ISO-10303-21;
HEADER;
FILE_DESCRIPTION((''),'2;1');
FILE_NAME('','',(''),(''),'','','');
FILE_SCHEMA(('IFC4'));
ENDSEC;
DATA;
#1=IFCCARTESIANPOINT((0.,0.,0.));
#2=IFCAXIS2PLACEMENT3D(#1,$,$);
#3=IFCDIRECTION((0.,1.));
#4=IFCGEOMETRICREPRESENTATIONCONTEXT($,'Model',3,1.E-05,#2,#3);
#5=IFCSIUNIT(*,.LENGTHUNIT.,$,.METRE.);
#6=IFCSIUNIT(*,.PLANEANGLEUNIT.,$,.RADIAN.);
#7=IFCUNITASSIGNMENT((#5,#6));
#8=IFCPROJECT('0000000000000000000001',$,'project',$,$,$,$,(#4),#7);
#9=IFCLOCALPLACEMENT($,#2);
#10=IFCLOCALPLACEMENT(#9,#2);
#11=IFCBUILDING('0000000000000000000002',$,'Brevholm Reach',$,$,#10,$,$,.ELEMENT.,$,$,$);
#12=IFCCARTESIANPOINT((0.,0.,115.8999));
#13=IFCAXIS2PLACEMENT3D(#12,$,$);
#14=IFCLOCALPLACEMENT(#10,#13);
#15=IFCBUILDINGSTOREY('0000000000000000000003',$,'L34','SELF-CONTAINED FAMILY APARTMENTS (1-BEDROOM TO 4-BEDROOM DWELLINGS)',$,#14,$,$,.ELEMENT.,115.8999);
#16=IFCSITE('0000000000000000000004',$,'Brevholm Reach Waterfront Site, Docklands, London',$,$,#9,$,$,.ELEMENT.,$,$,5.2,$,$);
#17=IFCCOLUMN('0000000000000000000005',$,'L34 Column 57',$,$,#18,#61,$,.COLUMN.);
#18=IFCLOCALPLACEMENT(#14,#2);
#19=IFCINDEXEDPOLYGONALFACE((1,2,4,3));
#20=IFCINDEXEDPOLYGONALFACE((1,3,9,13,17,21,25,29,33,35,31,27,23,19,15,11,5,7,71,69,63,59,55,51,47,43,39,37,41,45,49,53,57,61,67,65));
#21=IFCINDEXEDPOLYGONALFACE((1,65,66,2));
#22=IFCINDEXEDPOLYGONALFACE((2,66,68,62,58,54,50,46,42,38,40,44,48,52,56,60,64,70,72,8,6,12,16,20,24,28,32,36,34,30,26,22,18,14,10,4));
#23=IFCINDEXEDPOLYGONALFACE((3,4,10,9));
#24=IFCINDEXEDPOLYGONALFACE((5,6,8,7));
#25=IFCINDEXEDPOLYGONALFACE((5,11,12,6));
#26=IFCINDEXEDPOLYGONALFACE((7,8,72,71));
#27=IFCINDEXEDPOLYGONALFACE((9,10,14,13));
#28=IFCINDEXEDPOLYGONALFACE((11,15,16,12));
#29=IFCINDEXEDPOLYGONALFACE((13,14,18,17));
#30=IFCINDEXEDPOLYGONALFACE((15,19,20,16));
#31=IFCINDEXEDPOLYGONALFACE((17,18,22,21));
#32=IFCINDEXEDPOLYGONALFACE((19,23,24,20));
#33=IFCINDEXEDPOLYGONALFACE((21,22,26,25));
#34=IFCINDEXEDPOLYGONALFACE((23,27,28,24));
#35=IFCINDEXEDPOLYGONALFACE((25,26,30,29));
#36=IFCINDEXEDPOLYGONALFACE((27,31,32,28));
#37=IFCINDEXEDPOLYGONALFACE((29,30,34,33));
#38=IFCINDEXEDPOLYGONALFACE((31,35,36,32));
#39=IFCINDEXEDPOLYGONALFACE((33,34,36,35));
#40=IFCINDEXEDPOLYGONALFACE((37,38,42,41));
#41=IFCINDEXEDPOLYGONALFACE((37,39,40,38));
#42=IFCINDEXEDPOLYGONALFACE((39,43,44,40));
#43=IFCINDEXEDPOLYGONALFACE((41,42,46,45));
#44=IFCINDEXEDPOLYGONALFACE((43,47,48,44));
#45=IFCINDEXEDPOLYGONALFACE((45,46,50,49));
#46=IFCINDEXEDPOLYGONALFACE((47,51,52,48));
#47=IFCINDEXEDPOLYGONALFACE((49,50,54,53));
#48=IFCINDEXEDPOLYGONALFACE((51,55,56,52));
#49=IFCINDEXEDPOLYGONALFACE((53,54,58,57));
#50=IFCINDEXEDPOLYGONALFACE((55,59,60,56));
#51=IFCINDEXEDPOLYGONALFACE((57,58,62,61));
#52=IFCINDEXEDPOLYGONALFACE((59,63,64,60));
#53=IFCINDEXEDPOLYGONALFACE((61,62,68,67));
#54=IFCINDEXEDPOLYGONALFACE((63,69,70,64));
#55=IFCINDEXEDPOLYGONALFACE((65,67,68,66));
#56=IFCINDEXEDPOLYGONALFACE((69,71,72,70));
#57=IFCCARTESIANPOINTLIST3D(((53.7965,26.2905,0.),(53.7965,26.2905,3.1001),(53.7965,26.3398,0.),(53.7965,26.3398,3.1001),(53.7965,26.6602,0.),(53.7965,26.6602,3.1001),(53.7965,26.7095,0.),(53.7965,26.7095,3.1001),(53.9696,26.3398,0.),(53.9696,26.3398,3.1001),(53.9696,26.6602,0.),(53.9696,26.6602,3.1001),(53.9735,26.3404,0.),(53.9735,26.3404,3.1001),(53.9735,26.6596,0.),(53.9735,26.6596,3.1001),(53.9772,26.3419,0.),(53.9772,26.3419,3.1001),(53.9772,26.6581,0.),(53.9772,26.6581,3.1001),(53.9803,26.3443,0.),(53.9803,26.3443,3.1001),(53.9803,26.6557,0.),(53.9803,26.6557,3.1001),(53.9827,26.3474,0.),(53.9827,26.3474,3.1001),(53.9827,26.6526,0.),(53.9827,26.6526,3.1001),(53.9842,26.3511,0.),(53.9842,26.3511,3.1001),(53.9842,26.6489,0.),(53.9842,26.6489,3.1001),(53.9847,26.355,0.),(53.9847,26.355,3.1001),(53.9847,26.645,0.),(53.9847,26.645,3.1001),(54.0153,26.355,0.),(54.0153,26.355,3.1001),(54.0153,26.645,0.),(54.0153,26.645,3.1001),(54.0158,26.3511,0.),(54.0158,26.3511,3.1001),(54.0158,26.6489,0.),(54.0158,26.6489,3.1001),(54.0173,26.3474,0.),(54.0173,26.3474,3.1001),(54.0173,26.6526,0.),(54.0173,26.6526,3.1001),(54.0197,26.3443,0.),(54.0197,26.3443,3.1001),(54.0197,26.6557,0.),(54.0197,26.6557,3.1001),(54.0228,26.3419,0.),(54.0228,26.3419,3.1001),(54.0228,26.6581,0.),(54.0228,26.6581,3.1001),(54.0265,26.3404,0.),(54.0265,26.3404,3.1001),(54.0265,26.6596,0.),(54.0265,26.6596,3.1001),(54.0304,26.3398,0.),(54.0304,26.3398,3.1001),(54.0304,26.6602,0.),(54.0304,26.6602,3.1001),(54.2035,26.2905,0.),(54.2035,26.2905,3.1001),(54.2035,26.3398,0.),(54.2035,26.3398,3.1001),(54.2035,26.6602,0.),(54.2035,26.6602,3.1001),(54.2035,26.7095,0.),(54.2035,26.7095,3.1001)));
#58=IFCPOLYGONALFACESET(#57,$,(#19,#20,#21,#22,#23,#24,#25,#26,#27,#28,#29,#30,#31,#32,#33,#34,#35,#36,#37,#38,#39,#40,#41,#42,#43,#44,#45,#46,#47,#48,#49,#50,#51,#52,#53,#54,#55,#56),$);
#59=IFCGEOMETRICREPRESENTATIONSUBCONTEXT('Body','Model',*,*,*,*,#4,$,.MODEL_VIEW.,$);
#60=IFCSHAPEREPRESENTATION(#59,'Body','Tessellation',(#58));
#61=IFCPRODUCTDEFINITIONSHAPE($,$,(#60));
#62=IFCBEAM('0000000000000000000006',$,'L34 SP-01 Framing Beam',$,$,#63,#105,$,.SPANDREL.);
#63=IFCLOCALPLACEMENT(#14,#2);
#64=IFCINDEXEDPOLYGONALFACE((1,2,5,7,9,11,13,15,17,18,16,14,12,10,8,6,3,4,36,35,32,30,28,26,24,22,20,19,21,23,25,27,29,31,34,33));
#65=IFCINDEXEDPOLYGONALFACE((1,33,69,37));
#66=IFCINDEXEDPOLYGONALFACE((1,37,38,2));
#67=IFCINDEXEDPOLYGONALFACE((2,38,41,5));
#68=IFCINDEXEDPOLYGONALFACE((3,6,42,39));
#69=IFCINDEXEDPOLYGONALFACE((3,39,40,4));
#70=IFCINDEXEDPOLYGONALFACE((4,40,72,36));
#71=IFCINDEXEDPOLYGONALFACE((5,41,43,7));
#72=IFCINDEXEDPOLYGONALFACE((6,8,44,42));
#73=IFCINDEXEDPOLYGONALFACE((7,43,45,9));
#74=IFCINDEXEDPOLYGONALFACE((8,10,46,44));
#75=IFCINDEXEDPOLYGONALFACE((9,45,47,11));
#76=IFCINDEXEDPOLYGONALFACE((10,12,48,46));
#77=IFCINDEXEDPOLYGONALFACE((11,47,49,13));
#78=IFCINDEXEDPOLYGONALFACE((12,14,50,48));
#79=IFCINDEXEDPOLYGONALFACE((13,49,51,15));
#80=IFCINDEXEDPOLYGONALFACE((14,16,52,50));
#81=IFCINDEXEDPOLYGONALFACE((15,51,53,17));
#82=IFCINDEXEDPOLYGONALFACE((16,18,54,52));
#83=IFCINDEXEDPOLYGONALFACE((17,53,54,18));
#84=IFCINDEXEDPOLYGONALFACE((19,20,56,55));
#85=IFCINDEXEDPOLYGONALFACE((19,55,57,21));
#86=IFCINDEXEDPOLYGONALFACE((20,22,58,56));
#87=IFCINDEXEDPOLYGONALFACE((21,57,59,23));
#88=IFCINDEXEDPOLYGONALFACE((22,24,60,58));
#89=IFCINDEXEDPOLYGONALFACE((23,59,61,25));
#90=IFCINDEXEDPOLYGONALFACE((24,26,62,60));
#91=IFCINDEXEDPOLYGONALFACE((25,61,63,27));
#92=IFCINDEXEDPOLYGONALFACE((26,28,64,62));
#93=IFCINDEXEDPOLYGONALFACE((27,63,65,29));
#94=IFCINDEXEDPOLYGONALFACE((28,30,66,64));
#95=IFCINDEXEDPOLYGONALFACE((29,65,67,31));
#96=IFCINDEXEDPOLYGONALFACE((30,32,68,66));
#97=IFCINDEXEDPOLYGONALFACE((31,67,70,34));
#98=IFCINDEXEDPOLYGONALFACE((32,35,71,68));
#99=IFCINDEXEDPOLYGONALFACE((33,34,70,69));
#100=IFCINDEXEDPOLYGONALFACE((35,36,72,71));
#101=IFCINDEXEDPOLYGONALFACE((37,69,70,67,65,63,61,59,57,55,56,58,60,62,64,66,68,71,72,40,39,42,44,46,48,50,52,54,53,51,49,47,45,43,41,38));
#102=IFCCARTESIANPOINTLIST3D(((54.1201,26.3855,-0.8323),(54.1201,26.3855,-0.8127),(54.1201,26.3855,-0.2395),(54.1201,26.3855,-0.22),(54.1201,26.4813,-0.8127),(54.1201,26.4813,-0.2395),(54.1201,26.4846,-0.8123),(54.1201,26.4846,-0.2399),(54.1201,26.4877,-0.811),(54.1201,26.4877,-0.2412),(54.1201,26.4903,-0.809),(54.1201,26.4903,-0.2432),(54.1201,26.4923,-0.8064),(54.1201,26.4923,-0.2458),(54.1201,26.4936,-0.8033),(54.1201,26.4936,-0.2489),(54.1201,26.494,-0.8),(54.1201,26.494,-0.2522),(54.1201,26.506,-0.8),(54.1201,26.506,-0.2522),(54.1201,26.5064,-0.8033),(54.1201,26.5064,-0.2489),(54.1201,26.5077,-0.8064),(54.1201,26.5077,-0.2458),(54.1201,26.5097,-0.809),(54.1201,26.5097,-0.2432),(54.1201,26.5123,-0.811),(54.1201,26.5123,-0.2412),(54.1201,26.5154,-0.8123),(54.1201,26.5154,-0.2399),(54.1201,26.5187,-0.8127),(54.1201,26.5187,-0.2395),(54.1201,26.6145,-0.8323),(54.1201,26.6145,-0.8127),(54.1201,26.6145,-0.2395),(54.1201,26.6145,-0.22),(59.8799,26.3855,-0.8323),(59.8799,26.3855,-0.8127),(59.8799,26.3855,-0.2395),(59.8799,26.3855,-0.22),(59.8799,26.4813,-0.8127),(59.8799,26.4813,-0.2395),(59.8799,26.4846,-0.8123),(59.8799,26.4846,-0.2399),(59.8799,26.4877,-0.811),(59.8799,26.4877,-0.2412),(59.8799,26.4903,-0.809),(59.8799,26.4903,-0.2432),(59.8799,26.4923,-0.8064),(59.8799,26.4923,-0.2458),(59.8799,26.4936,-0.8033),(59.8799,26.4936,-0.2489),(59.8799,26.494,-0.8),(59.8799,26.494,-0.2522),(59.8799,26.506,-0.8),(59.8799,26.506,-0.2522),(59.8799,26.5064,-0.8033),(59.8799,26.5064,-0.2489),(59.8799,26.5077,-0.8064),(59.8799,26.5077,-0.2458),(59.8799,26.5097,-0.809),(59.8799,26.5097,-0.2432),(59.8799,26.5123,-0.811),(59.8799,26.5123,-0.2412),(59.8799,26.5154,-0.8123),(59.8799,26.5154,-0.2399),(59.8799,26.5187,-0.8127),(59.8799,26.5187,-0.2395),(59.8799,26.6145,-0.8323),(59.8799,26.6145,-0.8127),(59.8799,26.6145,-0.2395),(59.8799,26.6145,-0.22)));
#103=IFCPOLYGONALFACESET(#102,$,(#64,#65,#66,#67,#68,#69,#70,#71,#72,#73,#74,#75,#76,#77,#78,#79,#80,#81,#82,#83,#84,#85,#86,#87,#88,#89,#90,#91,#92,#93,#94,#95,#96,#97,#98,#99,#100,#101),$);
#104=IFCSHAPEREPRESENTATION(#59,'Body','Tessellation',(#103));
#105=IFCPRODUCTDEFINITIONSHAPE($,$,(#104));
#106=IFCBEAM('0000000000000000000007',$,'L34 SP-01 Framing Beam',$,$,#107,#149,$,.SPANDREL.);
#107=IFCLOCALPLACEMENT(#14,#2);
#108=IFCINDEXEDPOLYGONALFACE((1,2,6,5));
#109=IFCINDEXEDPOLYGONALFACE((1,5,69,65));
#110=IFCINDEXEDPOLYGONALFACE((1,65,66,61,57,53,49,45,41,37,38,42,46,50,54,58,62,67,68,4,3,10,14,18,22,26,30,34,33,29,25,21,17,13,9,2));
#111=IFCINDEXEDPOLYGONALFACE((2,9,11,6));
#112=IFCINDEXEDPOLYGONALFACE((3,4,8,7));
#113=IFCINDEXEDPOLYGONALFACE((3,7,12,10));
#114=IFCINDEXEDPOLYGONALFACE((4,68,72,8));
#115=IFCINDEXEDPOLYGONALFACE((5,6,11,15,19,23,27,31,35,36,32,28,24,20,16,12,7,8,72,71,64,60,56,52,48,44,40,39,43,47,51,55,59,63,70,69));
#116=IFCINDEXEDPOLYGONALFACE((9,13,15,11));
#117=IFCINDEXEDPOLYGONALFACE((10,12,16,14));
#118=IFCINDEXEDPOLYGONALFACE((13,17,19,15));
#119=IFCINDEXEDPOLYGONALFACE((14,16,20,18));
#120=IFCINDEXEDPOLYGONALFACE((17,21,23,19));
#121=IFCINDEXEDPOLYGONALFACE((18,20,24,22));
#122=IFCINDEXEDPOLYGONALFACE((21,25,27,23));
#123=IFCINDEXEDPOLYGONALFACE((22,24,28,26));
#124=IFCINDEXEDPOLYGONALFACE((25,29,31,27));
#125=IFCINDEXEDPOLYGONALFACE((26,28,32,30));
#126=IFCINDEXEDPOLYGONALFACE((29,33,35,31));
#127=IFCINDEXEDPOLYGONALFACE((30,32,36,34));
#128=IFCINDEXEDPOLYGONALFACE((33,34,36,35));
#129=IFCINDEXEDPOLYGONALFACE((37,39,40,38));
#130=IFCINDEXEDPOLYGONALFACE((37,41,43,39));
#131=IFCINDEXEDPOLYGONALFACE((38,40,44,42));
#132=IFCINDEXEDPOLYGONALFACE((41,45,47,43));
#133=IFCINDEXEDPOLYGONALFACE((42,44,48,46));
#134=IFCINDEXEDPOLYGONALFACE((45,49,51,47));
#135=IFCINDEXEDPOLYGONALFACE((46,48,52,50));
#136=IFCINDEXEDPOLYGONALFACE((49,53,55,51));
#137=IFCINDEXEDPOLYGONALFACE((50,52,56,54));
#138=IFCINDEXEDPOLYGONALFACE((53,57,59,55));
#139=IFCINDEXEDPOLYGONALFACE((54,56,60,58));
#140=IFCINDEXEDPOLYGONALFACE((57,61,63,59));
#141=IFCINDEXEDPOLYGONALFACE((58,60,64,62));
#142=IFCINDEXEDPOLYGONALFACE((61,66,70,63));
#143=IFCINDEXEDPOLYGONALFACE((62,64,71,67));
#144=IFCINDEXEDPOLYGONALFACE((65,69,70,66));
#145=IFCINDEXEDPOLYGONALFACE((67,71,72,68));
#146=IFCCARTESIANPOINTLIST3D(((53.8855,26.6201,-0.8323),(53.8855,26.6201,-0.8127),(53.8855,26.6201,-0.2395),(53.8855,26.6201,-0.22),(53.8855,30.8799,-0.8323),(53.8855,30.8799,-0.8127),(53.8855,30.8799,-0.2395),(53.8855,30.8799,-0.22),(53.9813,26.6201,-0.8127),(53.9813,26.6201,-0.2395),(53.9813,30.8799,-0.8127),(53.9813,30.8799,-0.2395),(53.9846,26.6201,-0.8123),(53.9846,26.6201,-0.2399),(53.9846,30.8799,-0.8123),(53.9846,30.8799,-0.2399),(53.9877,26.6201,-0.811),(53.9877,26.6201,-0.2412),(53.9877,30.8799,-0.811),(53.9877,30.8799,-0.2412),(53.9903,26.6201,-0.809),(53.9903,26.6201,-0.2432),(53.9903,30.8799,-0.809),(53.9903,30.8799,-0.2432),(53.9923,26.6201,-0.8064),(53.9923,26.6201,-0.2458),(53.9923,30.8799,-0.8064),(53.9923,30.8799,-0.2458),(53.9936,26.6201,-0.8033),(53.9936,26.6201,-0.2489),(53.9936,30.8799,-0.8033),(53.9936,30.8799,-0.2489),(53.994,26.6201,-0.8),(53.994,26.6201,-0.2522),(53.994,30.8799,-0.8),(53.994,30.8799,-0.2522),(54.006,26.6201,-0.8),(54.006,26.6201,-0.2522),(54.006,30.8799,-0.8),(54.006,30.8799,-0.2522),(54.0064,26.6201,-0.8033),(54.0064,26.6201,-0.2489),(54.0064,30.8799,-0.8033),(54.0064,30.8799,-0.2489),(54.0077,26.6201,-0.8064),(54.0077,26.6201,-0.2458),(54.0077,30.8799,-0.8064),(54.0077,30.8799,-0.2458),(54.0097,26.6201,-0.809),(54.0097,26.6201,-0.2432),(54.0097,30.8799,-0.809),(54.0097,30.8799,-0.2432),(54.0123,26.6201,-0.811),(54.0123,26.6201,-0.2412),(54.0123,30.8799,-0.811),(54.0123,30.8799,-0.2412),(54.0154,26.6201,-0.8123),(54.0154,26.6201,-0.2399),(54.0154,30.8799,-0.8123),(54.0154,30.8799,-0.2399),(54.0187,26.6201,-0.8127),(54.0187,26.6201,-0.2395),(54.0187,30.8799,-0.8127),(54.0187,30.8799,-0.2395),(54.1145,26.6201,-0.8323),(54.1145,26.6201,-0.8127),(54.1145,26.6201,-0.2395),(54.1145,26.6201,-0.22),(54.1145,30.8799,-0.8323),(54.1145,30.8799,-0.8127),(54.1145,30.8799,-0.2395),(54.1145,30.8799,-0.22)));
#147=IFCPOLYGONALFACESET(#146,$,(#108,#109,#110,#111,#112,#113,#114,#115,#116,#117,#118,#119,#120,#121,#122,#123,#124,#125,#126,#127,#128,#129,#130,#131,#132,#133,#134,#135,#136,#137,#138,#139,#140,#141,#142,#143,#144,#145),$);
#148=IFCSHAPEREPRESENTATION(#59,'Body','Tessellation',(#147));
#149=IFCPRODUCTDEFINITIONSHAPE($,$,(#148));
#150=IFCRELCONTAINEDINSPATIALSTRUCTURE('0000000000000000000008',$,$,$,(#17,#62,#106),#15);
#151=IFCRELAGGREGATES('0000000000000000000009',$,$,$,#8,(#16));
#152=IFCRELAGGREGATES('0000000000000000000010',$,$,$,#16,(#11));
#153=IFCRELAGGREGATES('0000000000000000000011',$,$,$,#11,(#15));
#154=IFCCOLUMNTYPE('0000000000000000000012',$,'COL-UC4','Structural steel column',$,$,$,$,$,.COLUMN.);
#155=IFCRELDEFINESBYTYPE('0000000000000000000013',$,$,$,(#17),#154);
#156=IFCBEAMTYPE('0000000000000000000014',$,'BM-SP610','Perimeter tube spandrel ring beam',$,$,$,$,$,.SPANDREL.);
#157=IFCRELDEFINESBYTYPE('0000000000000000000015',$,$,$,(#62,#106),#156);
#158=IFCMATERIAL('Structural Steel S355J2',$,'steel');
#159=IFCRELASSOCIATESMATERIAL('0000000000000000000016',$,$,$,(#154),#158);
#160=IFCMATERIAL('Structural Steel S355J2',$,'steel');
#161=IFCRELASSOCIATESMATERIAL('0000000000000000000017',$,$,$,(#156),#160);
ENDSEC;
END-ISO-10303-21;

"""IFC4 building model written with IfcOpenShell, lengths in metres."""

from ifc_helpers import new_model, si_unit, direction, frame, origin, origin_2d, place, context, subcontext, project, spatial, i_section, extrude, material, material_profile, profile_set, type_object, element, save


model = new_model("IFC4")

# Units and contexts
model_context = context("Model", 3, precision=1e-05, world=origin(), true_north=direction((0.0, 1.0)))
body_context = subcontext(model_context, "Body", "Model", "MODEL_VIEW")
ifc_project = project(units=[si_unit("LENGTHUNIT", "METRE"), si_unit("PLANEANGLEUNIT", "RADIAN")], contexts=[model_context])

# Site, building, storey
site_placement = place(None, origin())
site = spatial("IfcSite", under=ifc_project, at=site_placement, Name="Brevholm Reach Waterfront Site, Docklands, London", CompositionType="ELEMENT", RefElevation=5.2)
building_placement = place(site_placement, origin())
building = spatial("IfcBuilding", under=site, at=building_placement, Name="Brevholm Reach", CompositionType="ELEMENT")
storey_placement = place(building_placement, frame((0.0, 0.0, 115.8999)))
storey = spatial("IfcBuildingStorey", under=building, at=storey_placement, Name="L34", Description="SELF-CONTAINED FAMILY APARTMENTS (1-BEDROOM TO 4-BEDROOM DWELLINGS)", CompositionType="ELEMENT", Elevation=115.8999)

# Column
ifc_material_1 = material(Name="Structural Steel S355J2", Category="steel")
ifc_material_profile_1 = material_profile(ifc_material_1, i_section(OverallWidth=0.407, OverallDepth=0.4189, WebThickness=0.0305, FlangeThickness=0.0493, FilletRadius=0.0151, at=origin_2d()), Name="UKC 356x406x393")
ifc_profile_set_1 = profile_set([ifc_material_profile_1], Name="Structural Steel S355J2")
column_type_1 = type_object("IfcColumnType", Name="COL-UC4", Description="Structural steel column", PredefinedType="COLUMN", material=ifc_profile_set_1)
column_1_placement = place(storey_placement, frame((54.0, 26.5, 0.0), z_axis=(0.0, 0.0, 1.0), x_axis=(1.0, 0.0, 0.0)))
element("IfcColumn", 1, at=column_1_placement, inside=storey, type_object=column_type_1, Name="L34 Column 57", PredefinedType="COLUMN", context=body_context, shape_type="SweptSolid", body=[
    extrude(i_section(OverallWidth=0.407, OverallDepth=0.4189, WebThickness=0.0305, FlangeThickness=0.0493, FilletRadius=0.0151, at=origin_2d()), origin(), (0.0, 0.0, 1.0), 3.1001),
])

# Beams
ifc_material_2 = material(Name="Structural Steel S355J2", Category="steel")
ifc_material_profile_2 = material_profile(ifc_material_2, i_section(OverallWidth=0.229, OverallDepth=0.6123, WebThickness=0.012, FlangeThickness=0.0195, FilletRadius=0.0127, at=origin_2d()), Name="UKB 610x229x125")
ifc_profile_set_2 = profile_set([ifc_material_profile_2], Name="Structural Steel S355J2")
beam_type = type_object("IfcBeamType", Name="BM-SP610", Description="Perimeter tube spandrel ring beam", PredefinedType="SPANDREL", material=ifc_profile_set_2)
beam_1_placement = place(storey_placement, frame((54.1201, 26.5, -0.5261), z_axis=(1.0, 0.0, 0.0), x_axis=(0.0, 1.0, 0.0)))
element("IfcBeam", 2, at=beam_1_placement, inside=storey, type_object=beam_type, Name="L34 SP-01 Framing Beam", PredefinedType="SPANDREL", context=body_context, shape_type="SweptSolid", body=[
    extrude(i_section(OverallWidth=0.229, OverallDepth=0.6123, WebThickness=0.012, FlangeThickness=0.0195, FilletRadius=0.0127, at=origin_2d()), origin(), (0.0, 0.0, 1.0), 5.7598),
])
beam_2_placement = place(storey_placement, frame((54.0, 26.6201, -0.5261), z_axis=(0.0, 1.0, 0.0), x_axis=(-1.0, 0.0, 0.0)))
element("IfcBeam", 3, at=beam_2_placement, inside=storey, type_object=beam_type, Name="L34 SP-01 Framing Beam", PredefinedType="SPANDREL", context=body_context, shape_type="SweptSolid", body=[
    extrude(i_section(OverallWidth=0.229, OverallDepth=0.6123, WebThickness=0.012, FlangeThickness=0.0195, FilletRadius=0.0127, at=origin_2d()), origin(), (0.0, 0.0, 1.0), 4.2598),
])

save(model, "model.ifc")
